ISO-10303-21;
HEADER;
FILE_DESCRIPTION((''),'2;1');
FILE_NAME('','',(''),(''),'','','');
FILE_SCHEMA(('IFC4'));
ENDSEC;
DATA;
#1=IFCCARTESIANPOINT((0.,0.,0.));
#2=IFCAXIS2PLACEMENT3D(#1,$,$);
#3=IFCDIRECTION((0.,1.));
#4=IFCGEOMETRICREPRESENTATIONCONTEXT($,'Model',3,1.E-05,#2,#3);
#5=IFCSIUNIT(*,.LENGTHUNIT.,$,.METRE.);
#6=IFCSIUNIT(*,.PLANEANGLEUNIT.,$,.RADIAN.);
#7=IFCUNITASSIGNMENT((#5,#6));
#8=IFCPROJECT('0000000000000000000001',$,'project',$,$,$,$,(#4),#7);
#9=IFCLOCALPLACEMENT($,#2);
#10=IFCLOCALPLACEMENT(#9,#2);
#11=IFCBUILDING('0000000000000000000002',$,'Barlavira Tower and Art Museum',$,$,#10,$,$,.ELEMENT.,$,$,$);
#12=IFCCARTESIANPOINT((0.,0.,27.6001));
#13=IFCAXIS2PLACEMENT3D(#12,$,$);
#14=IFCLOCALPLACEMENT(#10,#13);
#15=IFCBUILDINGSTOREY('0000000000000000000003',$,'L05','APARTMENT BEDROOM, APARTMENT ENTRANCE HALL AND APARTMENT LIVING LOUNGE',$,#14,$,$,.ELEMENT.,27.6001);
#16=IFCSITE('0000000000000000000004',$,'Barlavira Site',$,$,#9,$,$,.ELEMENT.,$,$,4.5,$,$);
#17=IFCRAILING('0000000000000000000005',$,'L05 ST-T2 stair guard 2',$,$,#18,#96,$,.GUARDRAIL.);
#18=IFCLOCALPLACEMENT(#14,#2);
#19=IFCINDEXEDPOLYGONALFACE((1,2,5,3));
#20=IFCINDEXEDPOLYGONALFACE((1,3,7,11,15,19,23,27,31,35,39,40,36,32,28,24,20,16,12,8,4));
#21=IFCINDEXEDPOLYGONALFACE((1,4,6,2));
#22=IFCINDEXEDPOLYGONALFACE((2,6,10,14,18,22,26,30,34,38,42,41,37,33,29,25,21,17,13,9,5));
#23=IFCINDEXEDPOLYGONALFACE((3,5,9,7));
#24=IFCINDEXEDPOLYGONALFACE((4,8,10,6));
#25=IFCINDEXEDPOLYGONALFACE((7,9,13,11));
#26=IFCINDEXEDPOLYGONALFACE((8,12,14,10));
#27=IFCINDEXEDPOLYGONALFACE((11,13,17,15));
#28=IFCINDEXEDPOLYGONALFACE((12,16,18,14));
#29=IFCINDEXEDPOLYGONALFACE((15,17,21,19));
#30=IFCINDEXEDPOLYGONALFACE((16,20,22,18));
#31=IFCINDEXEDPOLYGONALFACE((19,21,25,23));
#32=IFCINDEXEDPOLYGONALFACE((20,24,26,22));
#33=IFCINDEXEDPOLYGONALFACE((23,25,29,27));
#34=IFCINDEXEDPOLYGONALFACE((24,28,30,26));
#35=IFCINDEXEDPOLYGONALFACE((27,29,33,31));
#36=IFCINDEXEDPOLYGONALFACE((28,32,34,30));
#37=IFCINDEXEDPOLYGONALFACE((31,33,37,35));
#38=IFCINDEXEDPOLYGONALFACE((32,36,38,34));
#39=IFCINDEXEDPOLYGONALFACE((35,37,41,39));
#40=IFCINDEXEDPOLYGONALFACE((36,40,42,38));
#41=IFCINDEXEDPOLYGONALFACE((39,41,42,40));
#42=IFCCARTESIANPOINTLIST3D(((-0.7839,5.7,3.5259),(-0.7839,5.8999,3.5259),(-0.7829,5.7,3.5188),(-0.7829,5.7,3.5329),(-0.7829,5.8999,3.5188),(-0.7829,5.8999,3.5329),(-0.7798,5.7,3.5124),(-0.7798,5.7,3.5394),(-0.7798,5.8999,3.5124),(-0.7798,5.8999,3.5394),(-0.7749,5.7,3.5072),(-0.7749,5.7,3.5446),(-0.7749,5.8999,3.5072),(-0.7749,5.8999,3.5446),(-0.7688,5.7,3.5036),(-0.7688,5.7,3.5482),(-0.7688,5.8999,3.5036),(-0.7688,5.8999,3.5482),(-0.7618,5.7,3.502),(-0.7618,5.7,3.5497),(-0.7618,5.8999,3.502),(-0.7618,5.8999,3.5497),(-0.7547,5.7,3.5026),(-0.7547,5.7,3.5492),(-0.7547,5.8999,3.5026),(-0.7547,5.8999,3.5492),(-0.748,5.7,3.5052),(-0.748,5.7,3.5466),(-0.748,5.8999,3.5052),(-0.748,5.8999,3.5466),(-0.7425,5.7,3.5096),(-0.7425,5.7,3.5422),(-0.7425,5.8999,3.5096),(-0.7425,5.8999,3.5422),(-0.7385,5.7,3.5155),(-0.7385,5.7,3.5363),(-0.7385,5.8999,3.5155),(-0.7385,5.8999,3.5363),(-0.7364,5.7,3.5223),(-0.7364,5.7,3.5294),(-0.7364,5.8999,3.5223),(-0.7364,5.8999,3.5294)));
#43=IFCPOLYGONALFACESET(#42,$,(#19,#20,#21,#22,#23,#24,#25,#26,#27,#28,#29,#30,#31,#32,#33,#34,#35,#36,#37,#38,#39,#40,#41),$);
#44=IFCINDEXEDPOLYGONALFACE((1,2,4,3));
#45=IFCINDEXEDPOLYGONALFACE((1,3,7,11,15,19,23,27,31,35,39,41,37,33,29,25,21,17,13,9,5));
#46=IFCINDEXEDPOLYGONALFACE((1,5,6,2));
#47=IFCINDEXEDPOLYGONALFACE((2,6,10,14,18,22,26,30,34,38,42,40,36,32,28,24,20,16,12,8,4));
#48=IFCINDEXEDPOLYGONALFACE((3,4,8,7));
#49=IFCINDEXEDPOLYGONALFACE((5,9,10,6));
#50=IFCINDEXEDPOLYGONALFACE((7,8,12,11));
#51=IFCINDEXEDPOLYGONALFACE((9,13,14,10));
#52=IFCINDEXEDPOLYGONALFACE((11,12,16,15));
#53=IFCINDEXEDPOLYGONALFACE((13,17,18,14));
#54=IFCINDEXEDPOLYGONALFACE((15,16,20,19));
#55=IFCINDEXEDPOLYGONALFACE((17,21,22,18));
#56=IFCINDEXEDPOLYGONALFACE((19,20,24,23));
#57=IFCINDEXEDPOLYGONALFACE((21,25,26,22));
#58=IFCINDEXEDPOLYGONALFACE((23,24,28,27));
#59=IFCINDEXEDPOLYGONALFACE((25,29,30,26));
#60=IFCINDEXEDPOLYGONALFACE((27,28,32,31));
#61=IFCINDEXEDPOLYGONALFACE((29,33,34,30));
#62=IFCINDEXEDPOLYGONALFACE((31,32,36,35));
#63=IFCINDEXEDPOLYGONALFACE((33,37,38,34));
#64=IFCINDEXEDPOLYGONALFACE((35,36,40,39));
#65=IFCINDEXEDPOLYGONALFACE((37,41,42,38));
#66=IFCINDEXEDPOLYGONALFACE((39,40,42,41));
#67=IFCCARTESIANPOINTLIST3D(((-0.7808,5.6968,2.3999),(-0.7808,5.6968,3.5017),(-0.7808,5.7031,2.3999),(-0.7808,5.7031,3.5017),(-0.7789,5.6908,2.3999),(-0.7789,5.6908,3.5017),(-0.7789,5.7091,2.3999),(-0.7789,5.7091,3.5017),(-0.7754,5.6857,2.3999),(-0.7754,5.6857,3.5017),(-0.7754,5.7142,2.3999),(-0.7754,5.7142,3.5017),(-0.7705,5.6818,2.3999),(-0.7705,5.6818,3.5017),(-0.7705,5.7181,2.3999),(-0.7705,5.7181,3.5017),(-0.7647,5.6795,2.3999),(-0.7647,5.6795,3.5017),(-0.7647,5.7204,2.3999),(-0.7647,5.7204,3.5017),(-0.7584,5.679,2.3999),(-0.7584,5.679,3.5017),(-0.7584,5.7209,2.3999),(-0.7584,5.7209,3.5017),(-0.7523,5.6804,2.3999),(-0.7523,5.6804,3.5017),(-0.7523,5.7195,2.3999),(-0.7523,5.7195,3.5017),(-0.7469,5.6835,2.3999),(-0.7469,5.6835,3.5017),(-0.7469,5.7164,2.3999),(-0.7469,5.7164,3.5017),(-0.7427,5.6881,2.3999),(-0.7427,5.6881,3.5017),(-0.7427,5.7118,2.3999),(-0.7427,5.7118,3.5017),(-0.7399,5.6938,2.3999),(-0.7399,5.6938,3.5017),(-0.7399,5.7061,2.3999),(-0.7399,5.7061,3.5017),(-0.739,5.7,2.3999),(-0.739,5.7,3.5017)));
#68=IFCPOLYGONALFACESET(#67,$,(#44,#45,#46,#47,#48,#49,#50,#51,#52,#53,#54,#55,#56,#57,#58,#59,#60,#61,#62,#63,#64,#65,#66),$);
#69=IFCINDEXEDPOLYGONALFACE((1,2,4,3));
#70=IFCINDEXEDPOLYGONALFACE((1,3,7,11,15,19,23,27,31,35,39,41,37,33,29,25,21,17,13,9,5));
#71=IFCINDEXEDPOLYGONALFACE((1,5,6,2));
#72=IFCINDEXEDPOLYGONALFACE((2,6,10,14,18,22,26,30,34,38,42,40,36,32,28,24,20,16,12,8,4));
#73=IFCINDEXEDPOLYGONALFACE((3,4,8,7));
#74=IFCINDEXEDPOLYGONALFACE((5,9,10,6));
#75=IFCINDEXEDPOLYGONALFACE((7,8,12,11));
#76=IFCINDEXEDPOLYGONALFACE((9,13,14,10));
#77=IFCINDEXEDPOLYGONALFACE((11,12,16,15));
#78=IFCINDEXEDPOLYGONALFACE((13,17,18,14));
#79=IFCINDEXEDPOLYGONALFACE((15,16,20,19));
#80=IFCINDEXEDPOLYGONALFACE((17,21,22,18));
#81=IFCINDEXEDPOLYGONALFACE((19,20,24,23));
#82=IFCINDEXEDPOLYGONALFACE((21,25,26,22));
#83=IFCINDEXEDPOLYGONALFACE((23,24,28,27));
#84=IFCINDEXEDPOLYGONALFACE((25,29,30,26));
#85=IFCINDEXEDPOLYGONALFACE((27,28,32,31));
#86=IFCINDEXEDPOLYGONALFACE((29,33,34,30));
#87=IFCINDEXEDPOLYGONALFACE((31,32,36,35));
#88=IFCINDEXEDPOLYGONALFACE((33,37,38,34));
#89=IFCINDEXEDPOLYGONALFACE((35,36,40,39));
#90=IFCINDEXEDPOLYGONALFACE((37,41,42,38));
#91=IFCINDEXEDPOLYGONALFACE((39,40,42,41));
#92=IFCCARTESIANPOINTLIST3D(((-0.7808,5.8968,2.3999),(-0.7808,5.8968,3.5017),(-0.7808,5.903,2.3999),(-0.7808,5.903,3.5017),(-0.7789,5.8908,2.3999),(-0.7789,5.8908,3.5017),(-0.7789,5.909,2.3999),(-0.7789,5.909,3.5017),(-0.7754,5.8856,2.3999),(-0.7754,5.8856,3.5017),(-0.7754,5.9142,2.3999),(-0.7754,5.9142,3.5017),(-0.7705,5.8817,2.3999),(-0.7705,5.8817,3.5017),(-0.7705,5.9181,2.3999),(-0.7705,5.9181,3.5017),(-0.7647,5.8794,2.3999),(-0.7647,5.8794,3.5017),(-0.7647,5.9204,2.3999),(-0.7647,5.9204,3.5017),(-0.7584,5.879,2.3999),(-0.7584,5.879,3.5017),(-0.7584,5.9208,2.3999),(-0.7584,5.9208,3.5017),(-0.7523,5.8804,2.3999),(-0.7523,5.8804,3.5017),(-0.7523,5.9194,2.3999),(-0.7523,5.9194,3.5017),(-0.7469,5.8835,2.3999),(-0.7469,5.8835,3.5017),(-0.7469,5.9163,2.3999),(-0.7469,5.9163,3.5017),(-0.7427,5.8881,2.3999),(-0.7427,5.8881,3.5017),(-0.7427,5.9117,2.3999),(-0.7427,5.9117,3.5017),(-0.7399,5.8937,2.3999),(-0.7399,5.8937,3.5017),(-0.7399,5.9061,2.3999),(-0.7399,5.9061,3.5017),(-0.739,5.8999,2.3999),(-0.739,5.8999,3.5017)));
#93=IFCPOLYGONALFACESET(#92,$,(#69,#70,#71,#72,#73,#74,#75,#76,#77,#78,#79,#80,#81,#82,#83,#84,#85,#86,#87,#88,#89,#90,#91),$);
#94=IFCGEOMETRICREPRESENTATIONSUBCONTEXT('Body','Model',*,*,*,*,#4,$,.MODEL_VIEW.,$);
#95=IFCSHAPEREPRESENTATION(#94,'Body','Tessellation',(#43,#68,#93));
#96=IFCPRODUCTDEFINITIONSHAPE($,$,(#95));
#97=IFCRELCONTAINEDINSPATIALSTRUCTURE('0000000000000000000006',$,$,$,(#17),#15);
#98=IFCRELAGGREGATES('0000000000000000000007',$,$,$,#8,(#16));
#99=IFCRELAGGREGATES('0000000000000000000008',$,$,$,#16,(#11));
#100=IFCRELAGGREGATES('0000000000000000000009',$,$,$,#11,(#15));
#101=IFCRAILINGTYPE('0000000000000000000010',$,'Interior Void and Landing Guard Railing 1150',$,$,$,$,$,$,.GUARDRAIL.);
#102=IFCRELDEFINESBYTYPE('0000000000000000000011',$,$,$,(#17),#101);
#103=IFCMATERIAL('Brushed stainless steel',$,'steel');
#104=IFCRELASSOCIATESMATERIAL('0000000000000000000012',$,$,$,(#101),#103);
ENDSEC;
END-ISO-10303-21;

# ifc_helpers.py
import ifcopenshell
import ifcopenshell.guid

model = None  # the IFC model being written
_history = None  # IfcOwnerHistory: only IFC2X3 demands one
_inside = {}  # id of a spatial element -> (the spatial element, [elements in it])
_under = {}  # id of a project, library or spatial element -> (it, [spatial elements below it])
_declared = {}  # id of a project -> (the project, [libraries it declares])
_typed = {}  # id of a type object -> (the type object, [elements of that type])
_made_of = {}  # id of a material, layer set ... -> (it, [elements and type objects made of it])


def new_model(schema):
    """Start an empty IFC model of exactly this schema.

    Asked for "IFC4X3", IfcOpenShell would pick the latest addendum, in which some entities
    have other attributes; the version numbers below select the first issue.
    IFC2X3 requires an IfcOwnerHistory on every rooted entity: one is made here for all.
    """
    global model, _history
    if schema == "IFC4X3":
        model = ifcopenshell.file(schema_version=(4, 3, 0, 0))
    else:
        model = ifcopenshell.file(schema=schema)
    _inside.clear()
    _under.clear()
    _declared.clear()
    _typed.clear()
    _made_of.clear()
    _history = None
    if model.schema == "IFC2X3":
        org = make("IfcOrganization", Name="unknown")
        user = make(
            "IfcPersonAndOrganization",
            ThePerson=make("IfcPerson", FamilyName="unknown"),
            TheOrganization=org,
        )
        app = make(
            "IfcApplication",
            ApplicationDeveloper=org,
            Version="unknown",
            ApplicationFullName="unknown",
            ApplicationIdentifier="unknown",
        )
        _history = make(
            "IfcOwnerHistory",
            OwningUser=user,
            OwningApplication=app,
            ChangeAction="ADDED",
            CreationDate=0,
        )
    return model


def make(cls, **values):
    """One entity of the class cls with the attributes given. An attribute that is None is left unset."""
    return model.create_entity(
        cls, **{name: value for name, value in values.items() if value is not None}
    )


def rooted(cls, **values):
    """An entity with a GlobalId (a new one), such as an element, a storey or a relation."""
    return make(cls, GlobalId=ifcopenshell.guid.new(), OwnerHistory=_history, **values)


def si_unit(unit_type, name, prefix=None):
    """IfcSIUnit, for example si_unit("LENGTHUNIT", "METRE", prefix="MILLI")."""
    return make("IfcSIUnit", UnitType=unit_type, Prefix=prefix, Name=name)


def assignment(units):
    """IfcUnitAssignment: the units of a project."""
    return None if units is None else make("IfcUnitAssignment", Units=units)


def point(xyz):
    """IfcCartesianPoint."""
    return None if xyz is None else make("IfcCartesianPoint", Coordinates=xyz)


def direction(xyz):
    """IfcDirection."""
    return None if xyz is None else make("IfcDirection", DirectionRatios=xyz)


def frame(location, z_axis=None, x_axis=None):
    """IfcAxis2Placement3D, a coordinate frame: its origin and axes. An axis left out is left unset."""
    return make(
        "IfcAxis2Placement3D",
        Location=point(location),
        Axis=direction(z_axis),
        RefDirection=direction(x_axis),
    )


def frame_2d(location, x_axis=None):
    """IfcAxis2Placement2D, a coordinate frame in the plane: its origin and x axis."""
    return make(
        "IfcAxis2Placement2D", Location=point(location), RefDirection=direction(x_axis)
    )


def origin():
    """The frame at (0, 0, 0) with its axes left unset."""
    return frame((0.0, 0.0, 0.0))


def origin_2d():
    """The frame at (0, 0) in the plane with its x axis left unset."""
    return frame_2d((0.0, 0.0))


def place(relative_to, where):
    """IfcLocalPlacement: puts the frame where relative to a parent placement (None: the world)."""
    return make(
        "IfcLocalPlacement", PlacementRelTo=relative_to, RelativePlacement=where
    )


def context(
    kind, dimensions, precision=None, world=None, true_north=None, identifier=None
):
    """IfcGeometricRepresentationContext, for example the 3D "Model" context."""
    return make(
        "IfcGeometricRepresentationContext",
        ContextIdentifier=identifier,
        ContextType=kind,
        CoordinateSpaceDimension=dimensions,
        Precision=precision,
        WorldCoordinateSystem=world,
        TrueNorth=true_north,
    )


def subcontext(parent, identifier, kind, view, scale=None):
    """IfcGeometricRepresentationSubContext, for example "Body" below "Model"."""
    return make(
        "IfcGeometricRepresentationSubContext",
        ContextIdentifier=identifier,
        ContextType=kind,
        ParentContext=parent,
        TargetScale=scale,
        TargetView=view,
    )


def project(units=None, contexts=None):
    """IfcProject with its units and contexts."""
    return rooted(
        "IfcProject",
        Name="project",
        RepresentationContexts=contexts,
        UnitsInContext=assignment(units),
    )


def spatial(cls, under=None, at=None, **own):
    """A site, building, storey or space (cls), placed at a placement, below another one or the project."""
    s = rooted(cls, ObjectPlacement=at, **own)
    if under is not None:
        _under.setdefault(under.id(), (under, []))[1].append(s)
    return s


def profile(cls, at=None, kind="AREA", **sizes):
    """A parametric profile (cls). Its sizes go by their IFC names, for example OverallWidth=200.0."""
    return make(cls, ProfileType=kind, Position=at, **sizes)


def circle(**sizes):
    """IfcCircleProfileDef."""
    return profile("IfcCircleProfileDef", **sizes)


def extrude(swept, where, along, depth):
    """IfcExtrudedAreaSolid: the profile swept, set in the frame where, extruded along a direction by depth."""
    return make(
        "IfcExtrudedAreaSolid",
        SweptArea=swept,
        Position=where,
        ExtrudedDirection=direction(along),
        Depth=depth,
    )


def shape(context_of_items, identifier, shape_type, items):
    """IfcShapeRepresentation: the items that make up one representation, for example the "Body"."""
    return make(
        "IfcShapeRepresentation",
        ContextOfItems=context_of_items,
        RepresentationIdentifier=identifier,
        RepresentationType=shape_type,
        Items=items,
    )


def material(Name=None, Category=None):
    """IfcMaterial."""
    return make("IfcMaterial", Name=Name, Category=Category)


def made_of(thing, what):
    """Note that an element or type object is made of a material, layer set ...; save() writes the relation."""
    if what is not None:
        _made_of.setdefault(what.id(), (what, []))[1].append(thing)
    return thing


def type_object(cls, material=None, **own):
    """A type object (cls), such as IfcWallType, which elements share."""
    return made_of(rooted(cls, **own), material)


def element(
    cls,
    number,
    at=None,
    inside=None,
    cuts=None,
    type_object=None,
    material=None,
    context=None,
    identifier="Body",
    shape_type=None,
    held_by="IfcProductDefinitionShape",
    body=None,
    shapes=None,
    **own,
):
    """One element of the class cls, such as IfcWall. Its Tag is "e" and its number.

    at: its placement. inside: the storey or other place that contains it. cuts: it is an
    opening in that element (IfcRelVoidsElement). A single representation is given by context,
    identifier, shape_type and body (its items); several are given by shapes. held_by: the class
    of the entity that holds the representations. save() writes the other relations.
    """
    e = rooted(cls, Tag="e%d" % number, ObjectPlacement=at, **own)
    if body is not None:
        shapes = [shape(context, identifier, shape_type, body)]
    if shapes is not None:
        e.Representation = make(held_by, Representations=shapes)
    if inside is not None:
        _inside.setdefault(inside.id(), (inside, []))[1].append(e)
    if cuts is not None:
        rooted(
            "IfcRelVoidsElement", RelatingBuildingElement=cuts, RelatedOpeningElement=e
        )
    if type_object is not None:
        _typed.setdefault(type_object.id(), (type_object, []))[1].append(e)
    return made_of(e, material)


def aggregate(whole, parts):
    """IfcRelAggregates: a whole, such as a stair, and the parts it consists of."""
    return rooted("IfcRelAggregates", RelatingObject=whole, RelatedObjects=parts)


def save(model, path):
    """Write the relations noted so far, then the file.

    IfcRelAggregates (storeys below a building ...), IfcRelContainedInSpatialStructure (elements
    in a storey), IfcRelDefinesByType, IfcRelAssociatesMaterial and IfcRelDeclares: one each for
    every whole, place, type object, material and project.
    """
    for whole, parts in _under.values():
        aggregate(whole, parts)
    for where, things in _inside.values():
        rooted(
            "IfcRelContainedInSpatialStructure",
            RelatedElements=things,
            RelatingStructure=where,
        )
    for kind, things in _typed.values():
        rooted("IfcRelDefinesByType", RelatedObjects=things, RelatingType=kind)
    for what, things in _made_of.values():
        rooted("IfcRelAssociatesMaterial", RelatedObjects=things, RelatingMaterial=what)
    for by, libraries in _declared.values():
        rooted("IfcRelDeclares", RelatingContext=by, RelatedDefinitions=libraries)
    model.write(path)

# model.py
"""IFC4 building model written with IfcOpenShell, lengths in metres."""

from ifc_helpers import new_model, si_unit, direction, frame, origin, origin_2d, place, context, subcontext, project, spatial, circle, extrude, material, type_object, element, save


model = new_model("IFC4")

# Units and contexts
model_context = context("Model", 3, precision=1e-05, world=origin(), true_north=direction((0.0, 1.0)))
body_context = subcontext(model_context, "Body", "Model", "MODEL_VIEW")
ifc_project = project(units=[si_unit("LENGTHUNIT", "METRE"), si_unit("PLANEANGLEUNIT", "RADIAN")], contexts=[model_context])

# Site, building, storey
site_placement = place(None, origin())
site = spatial("IfcSite", under=ifc_project, at=site_placement, Name="Barlavira Site", CompositionType="ELEMENT", RefElevation=4.5)
building_placement = place(site_placement, origin())
building = spatial("IfcBuilding", under=site, at=building_placement, Name="Barlavira Tower and Art Museum", CompositionType="ELEMENT")
storey_placement = place(building_placement, frame((0.0, 0.0, 27.6001)))
storey = spatial("IfcBuildingStorey", under=building, at=storey_placement, Name="L05", Description="APARTMENT BEDROOM, APARTMENT ENTRANCE HALL AND APARTMENT LIVING LOUNGE", CompositionType="ELEMENT", Elevation=27.6001)

# Shared definitions
ifc_material_1 = material(Name="Brushed stainless steel", Category="steel")

# Railing
railing_type_1 = type_object("IfcRailingType", Name="Interior Void and Landing Guard Railing 1150", PredefinedType="GUARDRAIL", material=ifc_material_1)
railing_1_placement = place(storey_placement, frame((-0.76, 5.7, 2.3999)))
element("IfcRailing", 1, at=railing_1_placement, inside=storey, type_object=railing_type_1, Name="L05 ST-T2 stair guard 2", PredefinedType="GUARDRAIL", context=body_context, shape_type="SweptSolid", body=[
    extrude(circle(Radius=0.0239, at=origin_2d()), frame((0.0, 0.0, 1.126), z_axis=(0.0, 1.0, 0.0), x_axis=(-1.0, 0.0, 0.0)), (0.0, 0.0, 1.0), 0.2),
    extrude(circle(Radius=0.021, at=origin_2d()), origin(), (0.0, 0.0, 1.0), 1.1018),
    extrude(circle(Radius=0.021, at=origin_2d()), frame((0.0, 0.2, 0.0)), (0.0, 0.0, 1.0), 1.1018),
])

save(model, "model.ifc")
